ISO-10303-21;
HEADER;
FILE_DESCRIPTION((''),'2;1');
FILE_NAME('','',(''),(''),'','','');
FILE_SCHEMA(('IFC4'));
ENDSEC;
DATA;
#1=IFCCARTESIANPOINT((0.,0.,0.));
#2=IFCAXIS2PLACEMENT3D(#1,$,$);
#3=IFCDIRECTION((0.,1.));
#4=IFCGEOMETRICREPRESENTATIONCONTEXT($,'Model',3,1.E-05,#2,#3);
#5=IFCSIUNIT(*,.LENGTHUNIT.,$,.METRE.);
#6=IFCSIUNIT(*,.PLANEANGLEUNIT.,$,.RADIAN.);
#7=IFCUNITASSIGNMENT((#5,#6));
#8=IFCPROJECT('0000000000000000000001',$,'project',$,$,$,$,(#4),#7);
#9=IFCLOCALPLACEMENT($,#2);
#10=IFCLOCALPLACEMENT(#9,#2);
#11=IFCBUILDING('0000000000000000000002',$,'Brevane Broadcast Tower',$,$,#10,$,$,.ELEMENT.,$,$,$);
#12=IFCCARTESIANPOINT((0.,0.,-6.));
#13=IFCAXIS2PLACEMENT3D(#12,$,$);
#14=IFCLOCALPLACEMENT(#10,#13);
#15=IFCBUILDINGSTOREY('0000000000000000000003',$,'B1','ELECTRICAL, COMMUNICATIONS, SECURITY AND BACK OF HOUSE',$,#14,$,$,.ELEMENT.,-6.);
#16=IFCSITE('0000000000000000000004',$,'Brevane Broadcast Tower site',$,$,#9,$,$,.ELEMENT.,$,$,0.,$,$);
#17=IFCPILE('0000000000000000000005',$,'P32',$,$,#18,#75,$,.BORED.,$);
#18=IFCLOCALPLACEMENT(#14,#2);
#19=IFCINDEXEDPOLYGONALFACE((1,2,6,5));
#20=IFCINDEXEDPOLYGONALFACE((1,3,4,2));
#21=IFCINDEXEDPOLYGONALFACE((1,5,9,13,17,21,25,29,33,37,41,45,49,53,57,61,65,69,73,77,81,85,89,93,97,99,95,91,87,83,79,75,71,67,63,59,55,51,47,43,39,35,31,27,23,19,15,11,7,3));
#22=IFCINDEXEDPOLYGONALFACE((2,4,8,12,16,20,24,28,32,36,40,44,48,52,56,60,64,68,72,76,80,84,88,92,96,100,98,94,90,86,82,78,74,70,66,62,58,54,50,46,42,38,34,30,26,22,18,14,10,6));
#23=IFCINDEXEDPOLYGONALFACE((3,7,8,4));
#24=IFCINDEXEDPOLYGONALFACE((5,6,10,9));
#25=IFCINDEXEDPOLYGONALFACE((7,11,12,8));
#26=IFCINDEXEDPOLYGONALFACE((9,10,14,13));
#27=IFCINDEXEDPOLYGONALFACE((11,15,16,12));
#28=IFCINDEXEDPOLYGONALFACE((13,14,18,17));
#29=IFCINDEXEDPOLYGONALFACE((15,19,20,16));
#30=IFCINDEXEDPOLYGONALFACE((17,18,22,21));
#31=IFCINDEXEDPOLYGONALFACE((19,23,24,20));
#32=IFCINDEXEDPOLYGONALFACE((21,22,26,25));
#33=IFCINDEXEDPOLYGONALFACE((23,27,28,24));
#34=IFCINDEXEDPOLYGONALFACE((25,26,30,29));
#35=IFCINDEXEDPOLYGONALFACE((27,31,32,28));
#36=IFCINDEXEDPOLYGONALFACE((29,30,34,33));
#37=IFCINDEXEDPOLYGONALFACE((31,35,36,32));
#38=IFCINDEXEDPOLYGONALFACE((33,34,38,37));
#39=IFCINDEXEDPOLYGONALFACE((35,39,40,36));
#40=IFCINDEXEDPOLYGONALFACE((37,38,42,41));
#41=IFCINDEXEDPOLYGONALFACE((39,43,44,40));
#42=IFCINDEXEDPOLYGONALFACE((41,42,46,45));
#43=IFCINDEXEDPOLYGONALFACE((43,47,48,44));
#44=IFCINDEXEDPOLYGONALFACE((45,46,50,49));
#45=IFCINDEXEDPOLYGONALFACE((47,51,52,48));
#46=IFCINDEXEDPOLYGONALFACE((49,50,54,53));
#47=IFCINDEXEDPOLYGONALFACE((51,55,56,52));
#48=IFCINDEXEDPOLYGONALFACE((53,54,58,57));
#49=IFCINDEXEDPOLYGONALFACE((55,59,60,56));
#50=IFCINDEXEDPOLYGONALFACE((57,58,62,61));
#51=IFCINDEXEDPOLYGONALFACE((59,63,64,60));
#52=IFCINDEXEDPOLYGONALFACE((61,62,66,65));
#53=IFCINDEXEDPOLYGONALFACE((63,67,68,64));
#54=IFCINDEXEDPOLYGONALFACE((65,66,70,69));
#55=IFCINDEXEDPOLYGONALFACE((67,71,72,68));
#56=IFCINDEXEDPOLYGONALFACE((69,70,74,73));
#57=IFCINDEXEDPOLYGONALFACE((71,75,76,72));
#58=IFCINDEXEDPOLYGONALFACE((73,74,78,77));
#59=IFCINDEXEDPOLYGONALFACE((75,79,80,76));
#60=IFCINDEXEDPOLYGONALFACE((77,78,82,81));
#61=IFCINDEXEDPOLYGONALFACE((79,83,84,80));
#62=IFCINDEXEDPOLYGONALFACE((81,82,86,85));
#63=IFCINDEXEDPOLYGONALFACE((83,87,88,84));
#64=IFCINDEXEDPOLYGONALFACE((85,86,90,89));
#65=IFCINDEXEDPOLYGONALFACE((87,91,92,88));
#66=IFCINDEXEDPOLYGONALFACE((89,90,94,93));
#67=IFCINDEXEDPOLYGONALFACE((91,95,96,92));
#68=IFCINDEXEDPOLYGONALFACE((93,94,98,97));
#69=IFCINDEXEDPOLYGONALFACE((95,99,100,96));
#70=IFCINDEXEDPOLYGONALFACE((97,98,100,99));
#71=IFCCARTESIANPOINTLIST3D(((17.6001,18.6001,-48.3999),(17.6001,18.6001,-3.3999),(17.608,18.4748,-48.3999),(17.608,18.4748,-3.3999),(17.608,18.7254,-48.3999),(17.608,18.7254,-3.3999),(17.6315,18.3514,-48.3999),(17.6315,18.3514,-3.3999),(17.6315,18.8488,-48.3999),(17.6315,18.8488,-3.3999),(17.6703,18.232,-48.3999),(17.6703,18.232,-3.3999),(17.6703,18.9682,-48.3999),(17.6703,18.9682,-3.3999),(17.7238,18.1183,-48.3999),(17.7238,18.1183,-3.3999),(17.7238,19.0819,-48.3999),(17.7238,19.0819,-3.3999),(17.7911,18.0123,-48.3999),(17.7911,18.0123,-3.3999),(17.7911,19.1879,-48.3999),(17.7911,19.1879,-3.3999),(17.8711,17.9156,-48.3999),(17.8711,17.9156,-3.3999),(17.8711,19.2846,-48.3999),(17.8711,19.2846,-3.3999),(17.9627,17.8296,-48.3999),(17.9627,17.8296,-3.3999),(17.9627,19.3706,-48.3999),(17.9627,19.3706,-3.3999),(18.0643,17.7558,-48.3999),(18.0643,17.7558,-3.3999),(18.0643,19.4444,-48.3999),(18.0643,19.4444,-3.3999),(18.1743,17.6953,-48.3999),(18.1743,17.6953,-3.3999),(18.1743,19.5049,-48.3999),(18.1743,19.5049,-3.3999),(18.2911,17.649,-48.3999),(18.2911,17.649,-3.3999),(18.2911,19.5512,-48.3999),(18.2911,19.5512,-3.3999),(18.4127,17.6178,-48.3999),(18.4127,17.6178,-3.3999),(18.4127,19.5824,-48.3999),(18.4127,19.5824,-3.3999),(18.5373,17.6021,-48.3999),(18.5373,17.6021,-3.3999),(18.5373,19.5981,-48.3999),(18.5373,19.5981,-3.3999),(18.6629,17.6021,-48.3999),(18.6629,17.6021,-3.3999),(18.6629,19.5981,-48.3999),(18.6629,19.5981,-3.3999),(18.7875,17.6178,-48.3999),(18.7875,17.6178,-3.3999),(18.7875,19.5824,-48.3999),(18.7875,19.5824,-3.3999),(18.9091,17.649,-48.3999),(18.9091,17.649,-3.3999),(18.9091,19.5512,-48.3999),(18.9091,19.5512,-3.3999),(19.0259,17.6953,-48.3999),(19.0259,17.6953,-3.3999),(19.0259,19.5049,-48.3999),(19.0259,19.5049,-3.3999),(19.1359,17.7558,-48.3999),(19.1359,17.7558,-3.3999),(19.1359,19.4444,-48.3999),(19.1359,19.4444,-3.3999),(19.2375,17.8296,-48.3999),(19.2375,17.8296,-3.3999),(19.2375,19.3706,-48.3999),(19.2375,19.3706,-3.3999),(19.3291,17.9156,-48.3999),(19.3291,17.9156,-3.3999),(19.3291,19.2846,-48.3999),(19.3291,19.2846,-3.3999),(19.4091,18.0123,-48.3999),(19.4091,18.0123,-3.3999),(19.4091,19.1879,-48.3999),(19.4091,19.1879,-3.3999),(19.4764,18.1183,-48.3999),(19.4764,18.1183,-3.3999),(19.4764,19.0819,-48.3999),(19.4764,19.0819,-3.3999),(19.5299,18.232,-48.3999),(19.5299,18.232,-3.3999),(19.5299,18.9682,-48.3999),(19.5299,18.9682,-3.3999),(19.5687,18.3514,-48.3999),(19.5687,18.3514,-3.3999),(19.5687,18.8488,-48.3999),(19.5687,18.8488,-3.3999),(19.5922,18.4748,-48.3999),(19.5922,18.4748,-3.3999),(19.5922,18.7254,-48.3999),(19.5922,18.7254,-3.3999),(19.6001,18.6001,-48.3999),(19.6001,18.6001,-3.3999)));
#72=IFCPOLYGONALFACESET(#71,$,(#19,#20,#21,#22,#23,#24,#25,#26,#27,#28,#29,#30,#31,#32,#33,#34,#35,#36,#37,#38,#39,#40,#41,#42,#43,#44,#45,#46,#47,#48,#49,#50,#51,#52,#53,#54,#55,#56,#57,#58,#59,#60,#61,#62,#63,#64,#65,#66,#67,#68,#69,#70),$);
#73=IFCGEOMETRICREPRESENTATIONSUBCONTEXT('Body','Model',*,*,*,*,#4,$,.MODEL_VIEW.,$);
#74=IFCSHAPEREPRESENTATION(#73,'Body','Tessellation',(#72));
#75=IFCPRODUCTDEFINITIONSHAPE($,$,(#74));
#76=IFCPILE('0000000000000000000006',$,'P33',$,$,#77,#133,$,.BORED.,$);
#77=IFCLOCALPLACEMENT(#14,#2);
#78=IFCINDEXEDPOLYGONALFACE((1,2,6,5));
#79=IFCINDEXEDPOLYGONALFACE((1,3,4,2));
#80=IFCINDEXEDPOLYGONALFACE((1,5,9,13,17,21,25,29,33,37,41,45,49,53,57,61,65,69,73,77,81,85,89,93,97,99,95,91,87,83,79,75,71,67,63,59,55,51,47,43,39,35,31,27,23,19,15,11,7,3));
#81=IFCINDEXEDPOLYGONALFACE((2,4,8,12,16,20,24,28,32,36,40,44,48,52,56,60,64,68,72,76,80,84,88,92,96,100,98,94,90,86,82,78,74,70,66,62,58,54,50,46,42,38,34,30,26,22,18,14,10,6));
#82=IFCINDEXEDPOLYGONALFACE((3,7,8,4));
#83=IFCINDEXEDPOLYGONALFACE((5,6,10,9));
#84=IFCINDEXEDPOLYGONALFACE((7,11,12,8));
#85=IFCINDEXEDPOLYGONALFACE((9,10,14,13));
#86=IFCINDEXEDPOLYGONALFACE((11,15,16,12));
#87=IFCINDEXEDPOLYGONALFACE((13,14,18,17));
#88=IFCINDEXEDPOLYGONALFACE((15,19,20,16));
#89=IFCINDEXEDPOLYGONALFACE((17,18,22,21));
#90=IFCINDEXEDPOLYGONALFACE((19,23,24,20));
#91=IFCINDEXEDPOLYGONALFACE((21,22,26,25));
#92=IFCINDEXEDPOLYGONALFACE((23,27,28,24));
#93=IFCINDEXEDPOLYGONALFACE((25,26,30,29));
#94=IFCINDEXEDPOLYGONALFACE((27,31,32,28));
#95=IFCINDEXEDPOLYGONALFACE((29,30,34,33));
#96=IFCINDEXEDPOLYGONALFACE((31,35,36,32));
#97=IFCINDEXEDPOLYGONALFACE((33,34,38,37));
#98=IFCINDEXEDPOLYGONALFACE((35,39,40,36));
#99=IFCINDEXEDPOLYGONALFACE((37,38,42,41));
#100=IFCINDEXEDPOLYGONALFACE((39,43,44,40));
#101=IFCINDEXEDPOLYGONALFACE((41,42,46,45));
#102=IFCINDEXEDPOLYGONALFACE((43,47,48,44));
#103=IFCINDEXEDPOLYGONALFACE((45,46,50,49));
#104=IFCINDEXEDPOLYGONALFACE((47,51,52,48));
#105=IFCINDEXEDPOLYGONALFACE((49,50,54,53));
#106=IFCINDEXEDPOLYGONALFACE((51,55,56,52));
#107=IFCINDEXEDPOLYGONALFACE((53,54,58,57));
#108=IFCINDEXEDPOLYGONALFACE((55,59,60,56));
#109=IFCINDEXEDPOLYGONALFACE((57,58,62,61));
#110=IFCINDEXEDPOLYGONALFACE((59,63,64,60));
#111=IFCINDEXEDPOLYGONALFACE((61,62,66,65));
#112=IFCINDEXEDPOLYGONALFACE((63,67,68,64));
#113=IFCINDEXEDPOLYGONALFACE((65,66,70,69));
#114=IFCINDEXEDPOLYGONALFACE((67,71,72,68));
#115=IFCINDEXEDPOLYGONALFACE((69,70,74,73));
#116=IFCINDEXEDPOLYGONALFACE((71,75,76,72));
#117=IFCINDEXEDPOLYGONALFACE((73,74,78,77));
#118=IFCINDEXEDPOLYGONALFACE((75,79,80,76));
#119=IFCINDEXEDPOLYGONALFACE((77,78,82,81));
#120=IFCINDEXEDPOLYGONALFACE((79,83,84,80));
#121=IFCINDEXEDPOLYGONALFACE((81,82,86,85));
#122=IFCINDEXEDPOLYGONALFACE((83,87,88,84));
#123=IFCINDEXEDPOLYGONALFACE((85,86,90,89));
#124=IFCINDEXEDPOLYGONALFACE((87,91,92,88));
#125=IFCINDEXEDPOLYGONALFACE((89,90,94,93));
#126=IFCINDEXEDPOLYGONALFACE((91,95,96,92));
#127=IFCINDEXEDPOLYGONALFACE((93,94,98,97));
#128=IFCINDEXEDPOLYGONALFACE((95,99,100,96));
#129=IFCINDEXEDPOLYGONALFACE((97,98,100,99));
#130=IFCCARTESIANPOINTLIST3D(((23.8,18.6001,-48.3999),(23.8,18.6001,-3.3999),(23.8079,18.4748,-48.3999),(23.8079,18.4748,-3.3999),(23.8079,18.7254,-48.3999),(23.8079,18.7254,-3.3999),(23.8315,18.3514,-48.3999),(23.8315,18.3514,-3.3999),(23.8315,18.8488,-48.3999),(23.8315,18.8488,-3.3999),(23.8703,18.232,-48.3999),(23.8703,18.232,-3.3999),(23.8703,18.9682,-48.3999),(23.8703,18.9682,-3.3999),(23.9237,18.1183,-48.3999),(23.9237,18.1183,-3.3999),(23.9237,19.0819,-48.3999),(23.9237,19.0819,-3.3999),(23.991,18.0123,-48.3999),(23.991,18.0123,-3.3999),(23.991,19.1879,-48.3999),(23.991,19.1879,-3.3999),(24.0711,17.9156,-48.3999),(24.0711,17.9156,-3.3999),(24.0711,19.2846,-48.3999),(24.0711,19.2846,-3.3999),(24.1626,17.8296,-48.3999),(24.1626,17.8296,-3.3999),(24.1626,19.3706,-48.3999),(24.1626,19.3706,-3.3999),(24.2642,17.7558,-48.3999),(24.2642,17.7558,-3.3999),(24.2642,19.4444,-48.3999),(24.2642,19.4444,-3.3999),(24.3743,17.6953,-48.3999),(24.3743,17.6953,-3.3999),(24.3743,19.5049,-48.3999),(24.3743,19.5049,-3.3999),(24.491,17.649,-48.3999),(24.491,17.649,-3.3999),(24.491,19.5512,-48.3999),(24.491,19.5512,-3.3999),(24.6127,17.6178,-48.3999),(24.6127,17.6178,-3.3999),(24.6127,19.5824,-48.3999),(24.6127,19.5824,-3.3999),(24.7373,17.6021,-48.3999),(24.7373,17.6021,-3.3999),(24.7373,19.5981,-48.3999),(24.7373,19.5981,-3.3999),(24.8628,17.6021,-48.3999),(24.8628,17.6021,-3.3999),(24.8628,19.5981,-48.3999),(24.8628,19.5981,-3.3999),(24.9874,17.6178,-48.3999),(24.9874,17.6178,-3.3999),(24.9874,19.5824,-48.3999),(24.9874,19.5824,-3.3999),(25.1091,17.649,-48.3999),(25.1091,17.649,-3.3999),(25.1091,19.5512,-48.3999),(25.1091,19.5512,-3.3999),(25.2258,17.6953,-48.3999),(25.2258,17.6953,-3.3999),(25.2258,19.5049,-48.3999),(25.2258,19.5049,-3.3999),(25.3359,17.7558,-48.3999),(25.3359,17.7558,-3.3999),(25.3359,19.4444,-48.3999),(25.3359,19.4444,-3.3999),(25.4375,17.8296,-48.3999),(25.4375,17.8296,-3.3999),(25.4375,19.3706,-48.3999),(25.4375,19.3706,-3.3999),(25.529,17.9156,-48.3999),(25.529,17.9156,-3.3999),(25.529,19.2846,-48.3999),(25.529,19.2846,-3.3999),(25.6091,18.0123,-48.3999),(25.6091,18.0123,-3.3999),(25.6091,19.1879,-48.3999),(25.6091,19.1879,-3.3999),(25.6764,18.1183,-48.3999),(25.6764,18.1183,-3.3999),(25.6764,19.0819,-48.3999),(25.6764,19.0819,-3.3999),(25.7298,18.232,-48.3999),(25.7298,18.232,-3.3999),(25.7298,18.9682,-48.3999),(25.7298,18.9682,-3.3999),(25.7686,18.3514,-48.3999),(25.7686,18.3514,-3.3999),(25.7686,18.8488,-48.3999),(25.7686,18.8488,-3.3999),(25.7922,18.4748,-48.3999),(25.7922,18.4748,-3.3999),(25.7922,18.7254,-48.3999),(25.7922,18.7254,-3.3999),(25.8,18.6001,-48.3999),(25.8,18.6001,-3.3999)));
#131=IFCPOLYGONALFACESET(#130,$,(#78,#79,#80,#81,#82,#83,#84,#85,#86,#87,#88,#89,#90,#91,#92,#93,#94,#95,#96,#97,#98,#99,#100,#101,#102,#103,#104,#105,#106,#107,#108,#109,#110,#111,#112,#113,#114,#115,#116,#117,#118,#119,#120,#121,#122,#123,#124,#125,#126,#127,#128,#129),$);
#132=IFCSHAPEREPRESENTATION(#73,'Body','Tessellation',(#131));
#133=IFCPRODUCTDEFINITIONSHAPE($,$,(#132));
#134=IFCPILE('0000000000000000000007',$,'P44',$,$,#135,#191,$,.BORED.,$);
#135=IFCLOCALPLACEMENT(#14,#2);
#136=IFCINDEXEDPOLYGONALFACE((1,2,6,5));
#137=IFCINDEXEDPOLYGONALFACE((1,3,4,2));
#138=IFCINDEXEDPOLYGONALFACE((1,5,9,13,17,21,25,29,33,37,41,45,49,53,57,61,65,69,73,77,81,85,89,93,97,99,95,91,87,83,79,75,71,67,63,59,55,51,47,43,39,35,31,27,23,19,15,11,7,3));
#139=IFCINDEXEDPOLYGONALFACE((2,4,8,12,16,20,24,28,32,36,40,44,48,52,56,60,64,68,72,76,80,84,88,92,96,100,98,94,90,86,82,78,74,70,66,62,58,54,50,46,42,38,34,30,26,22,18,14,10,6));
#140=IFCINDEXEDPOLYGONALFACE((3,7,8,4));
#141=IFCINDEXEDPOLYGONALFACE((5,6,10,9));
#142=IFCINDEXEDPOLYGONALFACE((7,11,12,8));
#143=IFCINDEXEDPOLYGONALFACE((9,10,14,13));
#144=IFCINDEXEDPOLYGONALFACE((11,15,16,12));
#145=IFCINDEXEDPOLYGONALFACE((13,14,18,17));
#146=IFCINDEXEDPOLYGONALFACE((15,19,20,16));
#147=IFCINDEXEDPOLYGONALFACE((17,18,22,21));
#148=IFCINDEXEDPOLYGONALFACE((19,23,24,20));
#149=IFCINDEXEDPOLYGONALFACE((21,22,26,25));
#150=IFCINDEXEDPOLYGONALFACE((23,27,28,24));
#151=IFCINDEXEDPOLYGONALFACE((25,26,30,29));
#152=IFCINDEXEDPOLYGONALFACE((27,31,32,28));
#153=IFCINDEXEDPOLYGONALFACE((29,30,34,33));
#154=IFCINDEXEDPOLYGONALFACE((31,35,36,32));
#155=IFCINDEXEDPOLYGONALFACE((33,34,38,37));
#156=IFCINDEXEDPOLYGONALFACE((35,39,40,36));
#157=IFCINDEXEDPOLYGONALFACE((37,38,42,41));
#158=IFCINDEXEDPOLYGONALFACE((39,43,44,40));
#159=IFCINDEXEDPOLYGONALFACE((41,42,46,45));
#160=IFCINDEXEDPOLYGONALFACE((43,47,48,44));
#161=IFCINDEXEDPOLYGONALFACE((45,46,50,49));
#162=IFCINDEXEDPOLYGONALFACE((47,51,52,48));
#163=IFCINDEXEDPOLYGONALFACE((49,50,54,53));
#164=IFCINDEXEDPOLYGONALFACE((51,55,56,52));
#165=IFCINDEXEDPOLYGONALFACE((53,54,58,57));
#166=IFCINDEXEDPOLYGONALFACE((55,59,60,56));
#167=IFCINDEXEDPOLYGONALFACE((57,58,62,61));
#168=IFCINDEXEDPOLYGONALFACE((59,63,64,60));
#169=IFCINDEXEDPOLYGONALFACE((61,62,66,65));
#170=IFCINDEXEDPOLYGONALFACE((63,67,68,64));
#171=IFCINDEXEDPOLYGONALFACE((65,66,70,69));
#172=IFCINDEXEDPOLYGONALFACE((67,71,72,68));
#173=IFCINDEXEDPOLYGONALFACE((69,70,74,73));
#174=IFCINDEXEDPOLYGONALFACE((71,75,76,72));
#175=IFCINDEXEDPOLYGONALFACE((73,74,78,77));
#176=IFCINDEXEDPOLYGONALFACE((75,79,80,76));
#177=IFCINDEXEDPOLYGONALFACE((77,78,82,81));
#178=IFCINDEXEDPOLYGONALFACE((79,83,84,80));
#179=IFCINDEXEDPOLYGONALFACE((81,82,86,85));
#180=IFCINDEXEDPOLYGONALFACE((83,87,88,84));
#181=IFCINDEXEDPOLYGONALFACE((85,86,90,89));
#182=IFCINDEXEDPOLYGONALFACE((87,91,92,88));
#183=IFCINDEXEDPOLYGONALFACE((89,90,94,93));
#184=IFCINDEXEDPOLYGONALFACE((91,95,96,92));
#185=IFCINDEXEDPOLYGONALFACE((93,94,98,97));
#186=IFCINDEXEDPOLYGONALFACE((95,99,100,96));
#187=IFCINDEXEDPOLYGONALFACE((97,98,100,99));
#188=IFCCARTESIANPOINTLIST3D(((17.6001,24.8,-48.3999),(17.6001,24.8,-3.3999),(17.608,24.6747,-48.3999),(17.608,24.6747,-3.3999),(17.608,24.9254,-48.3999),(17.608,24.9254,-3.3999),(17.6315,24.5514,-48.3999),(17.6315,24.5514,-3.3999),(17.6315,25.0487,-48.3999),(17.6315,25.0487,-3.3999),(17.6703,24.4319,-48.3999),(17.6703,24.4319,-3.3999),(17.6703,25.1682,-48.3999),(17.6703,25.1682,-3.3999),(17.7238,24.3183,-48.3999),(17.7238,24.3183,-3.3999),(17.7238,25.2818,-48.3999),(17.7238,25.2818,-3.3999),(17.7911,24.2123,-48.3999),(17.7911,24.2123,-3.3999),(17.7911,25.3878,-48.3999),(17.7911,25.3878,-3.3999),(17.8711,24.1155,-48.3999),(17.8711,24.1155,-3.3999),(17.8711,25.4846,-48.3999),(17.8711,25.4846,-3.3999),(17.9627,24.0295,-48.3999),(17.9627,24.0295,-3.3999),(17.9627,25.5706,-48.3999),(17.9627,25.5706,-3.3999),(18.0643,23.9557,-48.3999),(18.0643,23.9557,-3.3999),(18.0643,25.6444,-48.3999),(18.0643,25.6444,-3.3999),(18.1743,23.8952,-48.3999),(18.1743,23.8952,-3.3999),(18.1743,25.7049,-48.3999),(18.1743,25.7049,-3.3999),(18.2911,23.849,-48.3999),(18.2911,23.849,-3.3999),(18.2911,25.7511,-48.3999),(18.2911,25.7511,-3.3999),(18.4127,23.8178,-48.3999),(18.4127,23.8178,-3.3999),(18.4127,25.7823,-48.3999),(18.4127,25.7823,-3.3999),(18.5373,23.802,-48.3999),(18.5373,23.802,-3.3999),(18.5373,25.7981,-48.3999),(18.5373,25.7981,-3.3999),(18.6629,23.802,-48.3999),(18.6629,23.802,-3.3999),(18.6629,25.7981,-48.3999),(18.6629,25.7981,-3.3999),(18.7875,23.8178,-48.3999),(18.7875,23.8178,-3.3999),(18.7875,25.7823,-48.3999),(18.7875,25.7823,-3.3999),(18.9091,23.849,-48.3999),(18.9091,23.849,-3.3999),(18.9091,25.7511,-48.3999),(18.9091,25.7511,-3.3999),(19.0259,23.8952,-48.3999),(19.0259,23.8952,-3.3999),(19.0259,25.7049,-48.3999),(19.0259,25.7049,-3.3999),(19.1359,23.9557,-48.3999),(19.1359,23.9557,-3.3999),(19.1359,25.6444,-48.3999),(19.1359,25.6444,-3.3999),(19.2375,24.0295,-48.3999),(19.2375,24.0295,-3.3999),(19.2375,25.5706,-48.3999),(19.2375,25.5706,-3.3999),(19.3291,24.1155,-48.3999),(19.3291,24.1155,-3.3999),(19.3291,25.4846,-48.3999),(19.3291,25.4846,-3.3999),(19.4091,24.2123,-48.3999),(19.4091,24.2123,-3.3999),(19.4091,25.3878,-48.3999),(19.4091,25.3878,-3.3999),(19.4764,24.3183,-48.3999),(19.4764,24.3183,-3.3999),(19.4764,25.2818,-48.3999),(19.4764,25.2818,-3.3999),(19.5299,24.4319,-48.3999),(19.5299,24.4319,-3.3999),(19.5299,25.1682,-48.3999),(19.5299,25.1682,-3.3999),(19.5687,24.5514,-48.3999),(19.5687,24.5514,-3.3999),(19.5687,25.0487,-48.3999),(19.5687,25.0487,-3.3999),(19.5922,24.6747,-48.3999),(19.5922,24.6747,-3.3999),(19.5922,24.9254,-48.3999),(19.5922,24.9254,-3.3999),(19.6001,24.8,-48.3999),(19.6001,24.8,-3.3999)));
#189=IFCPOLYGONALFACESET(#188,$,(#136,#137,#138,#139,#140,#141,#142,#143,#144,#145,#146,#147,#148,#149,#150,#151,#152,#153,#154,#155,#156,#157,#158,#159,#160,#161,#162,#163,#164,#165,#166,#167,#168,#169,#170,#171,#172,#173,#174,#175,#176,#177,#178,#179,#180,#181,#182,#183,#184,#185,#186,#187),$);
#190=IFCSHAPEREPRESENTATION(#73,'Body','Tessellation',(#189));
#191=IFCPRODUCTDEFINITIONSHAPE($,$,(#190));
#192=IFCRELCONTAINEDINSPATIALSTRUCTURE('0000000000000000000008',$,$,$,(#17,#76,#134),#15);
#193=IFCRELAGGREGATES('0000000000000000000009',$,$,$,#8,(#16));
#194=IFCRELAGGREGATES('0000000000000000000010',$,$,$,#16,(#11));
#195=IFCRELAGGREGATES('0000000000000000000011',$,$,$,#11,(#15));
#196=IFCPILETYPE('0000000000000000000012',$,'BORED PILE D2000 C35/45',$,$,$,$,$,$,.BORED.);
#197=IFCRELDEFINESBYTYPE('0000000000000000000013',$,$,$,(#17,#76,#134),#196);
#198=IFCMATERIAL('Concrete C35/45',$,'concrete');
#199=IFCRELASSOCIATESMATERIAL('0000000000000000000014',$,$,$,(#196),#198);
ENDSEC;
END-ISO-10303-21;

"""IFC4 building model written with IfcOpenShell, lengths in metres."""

from ifc_helpers import new_model, si_unit, direction, frame, origin, origin_2d, place, context, subcontext, project, spatial, circle, extrude, material, material_profile, profile_set, type_object, element, save


model = new_model("IFC4")

# Units and contexts
model_context = context("Model", 3, precision=1e-05, world=origin(), true_north=direction((0.0, 1.0)))
body_context = subcontext(model_context, "Body", "Model", "MODEL_VIEW")
ifc_project = project(units=[si_unit("LENGTHUNIT", "METRE"), si_unit("PLANEANGLEUNIT", "RADIAN")], contexts=[model_context])

# Site, building, storey
site_placement = place(None, origin())
site = spatial("IfcSite", under=ifc_project, at=site_placement, Name="Brevane Broadcast Tower site", CompositionType="ELEMENT", RefElevation=0.0)
building_placement = place(site_placement, origin())
building = spatial("IfcBuilding", under=site, at=building_placement, Name="Brevane Broadcast Tower", CompositionType="ELEMENT")
storey_placement = place(building_placement, frame((0.0, 0.0, -6.0)))
storey = spatial("IfcBuildingStorey", under=building, at=storey_placement, Name="B1", Description="ELECTRICAL, COMMUNICATIONS, SECURITY AND BACK OF HOUSE", CompositionType="ELEMENT", Elevation=-6.0)

# Piles
ifc_material_1 = material(Name="Concrete C35/45", Category="concrete")
ifc_material_profile_1 = material_profile(ifc_material_1, circle(Radius=1.0, at=origin_2d()), Name="RC D2000")
ifc_profile_set_1 = profile_set([ifc_material_profile_1], Name="Concrete C35/45")
pile_type = type_object("IfcPileType", Name="BORED PILE D2000 C35/45", PredefinedType="BORED", material=ifc_profile_set_1)
for number, where, z_axis, x_axis, name in (
    (1, (18.6001, 18.6001, -3.3999), (0.0, 0.0, -1.0), (1.0, 0.0, 0.0), "P32"),
    (2, (24.8, 18.6001, -3.3999), (0.0, 0.0, -1.0), (1.0, 0.0, 0.0), "P33"),
    (3, (18.6001, 24.8, -3.3999), (0.0, 0.0, -1.0), (1.0, 0.0, 0.0), "P44"),
):
    element("IfcPile", number, at=place(storey_placement, frame(where, z_axis=z_axis, x_axis=x_axis)), inside=storey, type_object=pile_type, Name=name, PredefinedType="BORED", context=body_context, shape_type="SweptSolid", body=[
        extrude(circle(Radius=1.0, at=origin_2d()), origin(), (0.0, 0.0, 1.0), 45.0),
    ])

save(model, "model.ifc")
